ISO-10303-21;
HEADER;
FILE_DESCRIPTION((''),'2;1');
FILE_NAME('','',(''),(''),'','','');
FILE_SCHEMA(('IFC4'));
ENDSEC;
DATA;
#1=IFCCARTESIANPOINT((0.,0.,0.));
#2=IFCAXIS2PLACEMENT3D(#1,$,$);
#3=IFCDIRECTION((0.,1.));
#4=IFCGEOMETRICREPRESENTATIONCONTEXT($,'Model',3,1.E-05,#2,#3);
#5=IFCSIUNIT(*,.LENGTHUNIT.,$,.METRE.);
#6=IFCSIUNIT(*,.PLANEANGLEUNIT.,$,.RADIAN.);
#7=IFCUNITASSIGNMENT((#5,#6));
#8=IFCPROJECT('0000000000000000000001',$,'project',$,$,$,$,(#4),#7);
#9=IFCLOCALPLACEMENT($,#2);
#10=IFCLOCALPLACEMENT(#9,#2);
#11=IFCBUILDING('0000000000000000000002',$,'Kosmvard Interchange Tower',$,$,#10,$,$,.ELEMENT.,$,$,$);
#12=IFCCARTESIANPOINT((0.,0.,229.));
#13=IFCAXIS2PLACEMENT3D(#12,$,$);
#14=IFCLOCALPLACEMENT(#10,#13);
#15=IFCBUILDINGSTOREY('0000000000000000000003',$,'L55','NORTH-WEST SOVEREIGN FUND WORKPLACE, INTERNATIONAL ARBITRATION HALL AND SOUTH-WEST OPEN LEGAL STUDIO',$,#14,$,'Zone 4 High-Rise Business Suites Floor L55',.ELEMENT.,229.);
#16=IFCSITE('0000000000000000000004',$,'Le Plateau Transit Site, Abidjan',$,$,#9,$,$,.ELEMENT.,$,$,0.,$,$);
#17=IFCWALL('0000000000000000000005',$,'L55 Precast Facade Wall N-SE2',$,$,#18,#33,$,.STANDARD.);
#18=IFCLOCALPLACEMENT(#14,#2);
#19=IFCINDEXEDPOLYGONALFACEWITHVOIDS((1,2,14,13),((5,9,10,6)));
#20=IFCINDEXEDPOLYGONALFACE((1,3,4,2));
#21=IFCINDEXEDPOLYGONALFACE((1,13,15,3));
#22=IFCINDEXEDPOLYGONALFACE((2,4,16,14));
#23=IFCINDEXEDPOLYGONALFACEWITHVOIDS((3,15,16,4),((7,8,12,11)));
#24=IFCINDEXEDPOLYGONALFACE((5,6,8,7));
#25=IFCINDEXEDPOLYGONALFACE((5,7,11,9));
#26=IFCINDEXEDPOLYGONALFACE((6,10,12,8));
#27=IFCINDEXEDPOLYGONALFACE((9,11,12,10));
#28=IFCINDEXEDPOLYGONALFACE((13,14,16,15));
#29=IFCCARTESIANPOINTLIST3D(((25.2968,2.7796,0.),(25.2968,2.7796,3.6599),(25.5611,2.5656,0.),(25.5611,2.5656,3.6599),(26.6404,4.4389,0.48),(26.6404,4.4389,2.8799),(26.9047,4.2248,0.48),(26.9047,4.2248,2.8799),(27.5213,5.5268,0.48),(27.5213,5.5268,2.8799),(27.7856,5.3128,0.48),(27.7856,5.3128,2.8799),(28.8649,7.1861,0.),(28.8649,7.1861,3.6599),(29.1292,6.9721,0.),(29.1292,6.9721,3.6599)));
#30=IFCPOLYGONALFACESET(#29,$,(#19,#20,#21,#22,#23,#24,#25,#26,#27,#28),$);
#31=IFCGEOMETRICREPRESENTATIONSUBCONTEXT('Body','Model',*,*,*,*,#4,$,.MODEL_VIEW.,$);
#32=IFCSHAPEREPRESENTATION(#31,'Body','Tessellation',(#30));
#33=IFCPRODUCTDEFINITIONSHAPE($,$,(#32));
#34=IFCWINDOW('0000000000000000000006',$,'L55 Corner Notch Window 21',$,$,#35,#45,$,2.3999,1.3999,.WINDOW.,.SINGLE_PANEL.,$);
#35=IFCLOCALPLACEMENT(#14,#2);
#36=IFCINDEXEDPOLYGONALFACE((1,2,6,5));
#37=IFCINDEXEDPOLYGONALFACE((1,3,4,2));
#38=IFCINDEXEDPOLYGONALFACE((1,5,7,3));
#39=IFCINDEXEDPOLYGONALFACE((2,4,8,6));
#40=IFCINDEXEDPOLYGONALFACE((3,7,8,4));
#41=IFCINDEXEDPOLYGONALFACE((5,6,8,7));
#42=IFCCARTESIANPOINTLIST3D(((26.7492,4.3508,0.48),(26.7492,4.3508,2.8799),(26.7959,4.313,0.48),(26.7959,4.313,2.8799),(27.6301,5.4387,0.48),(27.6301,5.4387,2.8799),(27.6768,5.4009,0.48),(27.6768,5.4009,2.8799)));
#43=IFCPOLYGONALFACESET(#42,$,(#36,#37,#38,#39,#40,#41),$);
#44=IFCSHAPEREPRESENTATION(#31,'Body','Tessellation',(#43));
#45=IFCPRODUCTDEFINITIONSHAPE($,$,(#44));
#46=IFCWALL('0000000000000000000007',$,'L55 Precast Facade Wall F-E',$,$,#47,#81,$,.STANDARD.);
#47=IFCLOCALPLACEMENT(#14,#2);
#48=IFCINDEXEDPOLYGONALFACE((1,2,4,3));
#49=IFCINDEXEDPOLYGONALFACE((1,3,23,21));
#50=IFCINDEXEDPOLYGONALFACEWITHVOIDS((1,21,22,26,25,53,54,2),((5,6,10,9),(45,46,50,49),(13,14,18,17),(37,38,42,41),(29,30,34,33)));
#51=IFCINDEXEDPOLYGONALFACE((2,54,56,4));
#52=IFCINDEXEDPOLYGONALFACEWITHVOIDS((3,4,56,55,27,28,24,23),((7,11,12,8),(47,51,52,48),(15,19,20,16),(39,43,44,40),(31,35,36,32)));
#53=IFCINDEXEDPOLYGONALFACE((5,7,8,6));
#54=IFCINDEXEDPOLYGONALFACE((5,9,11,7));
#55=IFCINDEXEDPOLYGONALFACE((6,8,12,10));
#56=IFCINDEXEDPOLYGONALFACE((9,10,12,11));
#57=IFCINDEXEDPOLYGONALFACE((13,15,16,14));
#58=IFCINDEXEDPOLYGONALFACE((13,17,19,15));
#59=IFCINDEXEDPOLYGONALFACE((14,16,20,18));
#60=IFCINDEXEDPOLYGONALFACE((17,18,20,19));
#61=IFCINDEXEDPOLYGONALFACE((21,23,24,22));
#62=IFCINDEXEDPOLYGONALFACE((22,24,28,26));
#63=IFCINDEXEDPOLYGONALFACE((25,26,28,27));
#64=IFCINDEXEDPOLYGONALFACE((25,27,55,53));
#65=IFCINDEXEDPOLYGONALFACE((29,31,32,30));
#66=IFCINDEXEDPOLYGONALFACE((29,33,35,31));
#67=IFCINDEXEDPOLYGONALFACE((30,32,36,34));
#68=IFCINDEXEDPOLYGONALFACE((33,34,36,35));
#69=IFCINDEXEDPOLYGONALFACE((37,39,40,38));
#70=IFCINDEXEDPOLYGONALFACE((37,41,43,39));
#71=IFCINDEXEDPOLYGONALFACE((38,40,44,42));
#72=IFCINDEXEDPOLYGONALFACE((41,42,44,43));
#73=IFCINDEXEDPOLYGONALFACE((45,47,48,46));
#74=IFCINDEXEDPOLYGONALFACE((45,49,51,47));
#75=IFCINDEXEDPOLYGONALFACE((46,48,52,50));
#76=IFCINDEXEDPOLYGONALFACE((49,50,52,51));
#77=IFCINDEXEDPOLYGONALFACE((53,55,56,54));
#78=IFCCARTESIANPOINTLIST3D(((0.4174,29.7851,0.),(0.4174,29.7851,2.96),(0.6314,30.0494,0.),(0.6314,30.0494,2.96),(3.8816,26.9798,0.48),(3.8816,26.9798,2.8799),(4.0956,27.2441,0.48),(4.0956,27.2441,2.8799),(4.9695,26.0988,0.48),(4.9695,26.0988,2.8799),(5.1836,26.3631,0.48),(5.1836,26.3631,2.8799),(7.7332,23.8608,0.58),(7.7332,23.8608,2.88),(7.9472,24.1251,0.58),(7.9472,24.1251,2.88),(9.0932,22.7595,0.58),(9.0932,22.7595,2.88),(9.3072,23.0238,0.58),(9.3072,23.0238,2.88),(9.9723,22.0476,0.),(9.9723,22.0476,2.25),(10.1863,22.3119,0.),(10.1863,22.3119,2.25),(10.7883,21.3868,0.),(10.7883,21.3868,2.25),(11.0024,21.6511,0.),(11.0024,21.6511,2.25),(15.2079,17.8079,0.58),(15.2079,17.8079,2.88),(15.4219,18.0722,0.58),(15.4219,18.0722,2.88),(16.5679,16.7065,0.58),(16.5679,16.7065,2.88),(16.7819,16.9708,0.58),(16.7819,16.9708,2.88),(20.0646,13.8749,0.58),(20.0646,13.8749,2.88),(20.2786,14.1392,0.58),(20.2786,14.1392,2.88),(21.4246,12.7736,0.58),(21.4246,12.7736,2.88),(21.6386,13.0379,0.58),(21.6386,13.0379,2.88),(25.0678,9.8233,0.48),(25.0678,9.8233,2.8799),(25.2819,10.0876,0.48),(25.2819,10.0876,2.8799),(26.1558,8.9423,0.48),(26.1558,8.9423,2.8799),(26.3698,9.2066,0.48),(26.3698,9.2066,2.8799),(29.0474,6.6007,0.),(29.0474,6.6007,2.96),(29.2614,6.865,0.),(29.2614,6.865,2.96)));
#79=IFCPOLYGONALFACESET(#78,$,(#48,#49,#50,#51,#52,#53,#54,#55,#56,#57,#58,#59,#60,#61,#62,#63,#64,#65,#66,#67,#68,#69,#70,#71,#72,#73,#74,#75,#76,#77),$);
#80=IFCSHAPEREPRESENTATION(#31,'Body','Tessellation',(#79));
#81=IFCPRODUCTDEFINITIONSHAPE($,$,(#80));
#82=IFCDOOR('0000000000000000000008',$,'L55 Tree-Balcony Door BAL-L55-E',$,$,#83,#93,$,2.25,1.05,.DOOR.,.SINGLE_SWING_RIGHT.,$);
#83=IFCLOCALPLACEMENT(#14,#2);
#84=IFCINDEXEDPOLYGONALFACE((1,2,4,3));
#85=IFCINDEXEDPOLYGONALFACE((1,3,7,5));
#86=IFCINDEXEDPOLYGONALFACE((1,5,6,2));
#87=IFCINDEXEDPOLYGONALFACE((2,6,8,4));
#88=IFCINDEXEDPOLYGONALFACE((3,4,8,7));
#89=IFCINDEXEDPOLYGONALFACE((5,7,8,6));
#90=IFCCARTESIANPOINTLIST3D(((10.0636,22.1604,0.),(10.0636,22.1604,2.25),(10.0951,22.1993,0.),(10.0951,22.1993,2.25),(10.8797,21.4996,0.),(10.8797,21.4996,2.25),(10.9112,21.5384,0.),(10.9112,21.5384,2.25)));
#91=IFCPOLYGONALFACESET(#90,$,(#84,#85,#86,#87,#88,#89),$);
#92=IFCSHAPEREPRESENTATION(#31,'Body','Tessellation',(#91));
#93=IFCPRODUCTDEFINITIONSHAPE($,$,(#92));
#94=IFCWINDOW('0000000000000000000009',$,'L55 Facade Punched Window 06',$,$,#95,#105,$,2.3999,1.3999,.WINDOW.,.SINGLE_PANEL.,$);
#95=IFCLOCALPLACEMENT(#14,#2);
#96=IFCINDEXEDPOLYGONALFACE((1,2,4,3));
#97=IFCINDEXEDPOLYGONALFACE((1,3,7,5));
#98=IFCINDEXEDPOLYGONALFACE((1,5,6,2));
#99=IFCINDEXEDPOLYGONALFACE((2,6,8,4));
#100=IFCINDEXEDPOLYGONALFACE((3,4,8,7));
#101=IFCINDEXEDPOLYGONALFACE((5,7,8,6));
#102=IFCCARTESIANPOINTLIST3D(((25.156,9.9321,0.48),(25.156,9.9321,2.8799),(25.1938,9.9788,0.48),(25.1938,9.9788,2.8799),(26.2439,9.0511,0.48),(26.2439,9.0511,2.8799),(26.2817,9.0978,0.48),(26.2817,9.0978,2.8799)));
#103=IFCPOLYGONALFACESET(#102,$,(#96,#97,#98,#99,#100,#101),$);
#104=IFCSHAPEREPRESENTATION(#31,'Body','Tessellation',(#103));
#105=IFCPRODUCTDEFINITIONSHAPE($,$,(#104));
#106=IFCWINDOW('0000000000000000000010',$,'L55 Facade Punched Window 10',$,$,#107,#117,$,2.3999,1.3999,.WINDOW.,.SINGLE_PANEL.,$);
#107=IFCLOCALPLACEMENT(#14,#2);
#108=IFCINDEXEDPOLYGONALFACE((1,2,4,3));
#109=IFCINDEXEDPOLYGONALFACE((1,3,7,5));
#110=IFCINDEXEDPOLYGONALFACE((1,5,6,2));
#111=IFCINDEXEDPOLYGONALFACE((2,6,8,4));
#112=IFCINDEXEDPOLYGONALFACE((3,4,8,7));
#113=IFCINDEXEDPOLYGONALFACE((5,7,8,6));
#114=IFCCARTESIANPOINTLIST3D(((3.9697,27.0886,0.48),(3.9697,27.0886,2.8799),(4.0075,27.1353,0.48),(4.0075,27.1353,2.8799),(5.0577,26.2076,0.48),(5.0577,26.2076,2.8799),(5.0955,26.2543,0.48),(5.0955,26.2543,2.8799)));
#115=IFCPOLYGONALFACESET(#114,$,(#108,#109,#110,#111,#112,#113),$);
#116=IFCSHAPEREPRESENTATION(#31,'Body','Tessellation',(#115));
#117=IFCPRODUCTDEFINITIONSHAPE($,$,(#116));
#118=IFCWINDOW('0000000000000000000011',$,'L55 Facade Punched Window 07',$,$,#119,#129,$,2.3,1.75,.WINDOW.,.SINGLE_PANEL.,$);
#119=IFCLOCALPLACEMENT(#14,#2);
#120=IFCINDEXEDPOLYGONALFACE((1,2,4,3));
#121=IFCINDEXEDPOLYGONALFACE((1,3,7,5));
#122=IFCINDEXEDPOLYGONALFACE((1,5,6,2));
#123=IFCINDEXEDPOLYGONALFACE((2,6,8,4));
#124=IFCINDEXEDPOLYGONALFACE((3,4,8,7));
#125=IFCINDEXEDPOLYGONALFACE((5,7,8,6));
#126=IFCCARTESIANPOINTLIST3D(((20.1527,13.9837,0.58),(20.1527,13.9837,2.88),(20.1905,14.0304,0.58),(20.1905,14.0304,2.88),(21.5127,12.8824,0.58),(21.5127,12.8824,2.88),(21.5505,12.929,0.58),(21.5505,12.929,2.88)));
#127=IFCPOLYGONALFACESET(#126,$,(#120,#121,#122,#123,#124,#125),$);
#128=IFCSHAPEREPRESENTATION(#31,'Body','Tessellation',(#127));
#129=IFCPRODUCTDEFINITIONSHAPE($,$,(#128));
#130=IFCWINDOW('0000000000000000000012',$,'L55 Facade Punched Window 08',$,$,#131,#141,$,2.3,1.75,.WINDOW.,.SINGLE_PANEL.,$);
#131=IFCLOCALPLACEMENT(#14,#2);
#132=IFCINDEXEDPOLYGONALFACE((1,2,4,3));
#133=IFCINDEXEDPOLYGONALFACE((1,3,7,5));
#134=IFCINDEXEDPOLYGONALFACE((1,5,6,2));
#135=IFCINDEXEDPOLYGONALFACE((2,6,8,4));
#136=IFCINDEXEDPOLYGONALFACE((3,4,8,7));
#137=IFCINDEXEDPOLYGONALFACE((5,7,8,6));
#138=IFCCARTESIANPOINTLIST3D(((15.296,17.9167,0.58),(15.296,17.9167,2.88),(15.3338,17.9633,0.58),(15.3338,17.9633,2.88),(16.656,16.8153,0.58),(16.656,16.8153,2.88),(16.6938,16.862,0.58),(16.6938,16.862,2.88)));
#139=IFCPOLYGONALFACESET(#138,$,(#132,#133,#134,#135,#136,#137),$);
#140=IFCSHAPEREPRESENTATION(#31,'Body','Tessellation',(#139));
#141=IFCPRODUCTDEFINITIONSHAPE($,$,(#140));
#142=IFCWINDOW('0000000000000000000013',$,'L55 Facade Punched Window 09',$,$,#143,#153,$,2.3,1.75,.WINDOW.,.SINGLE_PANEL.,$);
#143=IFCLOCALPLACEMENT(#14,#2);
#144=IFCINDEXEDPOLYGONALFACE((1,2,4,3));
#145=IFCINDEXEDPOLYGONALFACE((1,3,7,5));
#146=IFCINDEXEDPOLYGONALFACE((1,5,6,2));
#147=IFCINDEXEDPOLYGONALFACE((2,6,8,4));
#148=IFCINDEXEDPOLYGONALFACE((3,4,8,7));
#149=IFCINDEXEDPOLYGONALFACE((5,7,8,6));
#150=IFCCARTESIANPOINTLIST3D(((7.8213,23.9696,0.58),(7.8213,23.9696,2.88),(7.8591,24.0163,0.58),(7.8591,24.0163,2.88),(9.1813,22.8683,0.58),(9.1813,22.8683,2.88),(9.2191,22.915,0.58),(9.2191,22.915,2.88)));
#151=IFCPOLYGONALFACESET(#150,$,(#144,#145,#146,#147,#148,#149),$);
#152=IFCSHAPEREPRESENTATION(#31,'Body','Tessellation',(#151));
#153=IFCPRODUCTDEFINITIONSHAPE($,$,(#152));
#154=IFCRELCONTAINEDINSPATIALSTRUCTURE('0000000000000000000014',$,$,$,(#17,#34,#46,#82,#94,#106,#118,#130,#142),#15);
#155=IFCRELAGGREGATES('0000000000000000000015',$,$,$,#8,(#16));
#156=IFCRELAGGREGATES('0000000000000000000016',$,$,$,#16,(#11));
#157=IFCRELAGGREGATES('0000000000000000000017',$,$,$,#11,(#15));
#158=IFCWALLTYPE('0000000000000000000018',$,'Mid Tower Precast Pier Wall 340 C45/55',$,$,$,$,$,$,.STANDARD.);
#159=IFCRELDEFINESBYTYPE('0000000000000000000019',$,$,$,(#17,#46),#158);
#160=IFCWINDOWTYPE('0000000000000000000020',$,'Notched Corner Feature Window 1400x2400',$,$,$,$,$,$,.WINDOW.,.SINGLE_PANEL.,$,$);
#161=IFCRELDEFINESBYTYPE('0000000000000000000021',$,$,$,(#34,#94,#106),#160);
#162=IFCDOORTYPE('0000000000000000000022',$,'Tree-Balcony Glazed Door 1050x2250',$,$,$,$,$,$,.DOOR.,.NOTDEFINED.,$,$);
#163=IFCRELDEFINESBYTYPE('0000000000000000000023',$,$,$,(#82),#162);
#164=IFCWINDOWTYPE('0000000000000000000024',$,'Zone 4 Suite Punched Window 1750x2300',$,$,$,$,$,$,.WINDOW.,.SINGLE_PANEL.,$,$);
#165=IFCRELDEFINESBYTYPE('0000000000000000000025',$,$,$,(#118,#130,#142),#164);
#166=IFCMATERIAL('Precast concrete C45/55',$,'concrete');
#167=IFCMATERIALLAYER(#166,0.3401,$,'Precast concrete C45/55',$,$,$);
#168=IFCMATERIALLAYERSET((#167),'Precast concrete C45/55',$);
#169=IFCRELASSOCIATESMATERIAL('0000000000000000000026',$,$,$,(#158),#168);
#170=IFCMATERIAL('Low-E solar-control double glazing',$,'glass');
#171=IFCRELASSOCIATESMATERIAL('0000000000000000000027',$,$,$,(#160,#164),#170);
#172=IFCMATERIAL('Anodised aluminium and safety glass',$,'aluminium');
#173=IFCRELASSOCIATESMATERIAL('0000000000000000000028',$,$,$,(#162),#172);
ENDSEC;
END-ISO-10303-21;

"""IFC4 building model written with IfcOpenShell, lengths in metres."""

from ifc_helpers import new_model, si_unit, direction, frame, frame_2d, origin, place, context, subcontext, project, spatial, rectangle, extrude, source, transform, mapped, material, layer, layer_set, type_object, element, fill, save


model = new_model("IFC4")

# Units and contexts
model_context = context("Model", 3, precision=1e-05, world=origin(), true_north=direction((0.0, 1.0)))
body_context = subcontext(model_context, "Body", "Model", "MODEL_VIEW")
ifc_project = project(units=[si_unit("LENGTHUNIT", "METRE"), si_unit("PLANEANGLEUNIT", "RADIAN")], contexts=[model_context])

# Site, building, storey
site_placement = place(None, origin())
site = spatial("IfcSite", under=ifc_project, at=site_placement, Name="Le Plateau Transit Site, Abidjan", CompositionType="ELEMENT", RefElevation=0.0)
building_placement = place(site_placement, origin())
building = spatial("IfcBuilding", under=site, at=building_placement, Name="Kosmvard Interchange Tower", CompositionType="ELEMENT")
storey_placement = place(building_placement, frame((0.0, 0.0, 229.0)))
storey = spatial("IfcBuildingStorey", under=building, at=storey_placement, Name="L55", Description="NORTH-WEST SOVEREIGN FUND WORKPLACE, INTERNATIONAL ARBITRATION HALL AND SOUTH-WEST OPEN LEGAL STUDIO", LongName="Zone 4 High-Rise Business Suites Floor L55", CompositionType="ELEMENT", Elevation=229.0)

# Wall, opening, window
ifc_material_1 = material(Name="Precast concrete C45/55", Category="concrete")
ifc_layer_1 = layer(ifc_material_1, 0.3401, Name="Precast concrete C45/55")
ifc_layer_set_1 = layer_set([ifc_layer_1], Name="Precast concrete C45/55")
wall_type_1 = type_object("IfcWallType", Name="Mid Tower Precast Pier Wall 340 C45/55", PredefinedType="STANDARD", material=ifc_layer_set_1)
wall_1_placement = place(storey_placement, frame((25.429, 2.6726, 0.0), z_axis=(0.0, 0.0, 1.0), x_axis=(0.6293, 0.777163, 0.0)))
wall_1 = element("IfcWall", 1, at=wall_1_placement, inside=storey, type_object=wall_type_1, Name="L55 Precast Facade Wall N-SE2", PredefinedType="STANDARD", context=body_context, shape_type="SweptSolid", body=[
    extrude(rectangle(XDim=5.6699, YDim=0.3401, at=frame_2d((2.835, 0.0))), origin(), (0.0, 0.0, 1.0), 3.6599),
])
opening_1_placement = place(wall_1_placement, frame((2.135, 0.0, 0.48)))
opening_1 = element("IfcOpeningElement", 2, at=opening_1_placement, cuts=wall_1, PredefinedType="OPENING", context=body_context, shape_type="SweptSolid", body=[
    extrude(rectangle(XDim=1.3999, YDim=2.3999, at=frame_2d((0.7, 1.2))), frame((0.0, 0.1802, 0.0), z_axis=(0.0, -1.0, 0.0), x_axis=(1.0, 0.0, 0.0)), (0.0, 0.0, 1.0), 0.3601),
])
ifc_material_2 = material(Name="Low-E solar-control double glazing", Category="glass")
window_type_1 = type_object("IfcWindowType", Name="Notched Corner Feature Window 1400x2400", PartitioningType="SINGLE_PANEL", PredefinedType="WINDOW", material=ifc_material_2)
shared_shape_1 = source(origin(), body_context, "Body", "SweptSolid", [
    extrude(rectangle(XDim=1.3999, YDim=2.3999, at=frame_2d((0.7, 1.2))), frame((0.0, 0.03, 0.0), z_axis=(0.0, -1.0, 0.0), x_axis=(1.0, 0.0, 0.0)), (0.0, 0.0, 1.0), 0.0601),
])
window_1_placement = place(opening_1_placement, origin())
window_1 = element("IfcWindow", 3, at=window_1_placement, inside=storey, type_object=window_type_1, Name="L55 Corner Notch Window 21", OverallHeight=2.3999, OverallWidth=1.3999, PartitioningType="SINGLE_PANEL", PredefinedType="WINDOW", context=body_context, shape_type="MappedRepresentation", body=[
    mapped(shared_shape_1, transform((0.0, 0.0, 0.0), scale=1.0)),
])
fill(opening_1, window_1)

# Wall, openings, door, windows
wall_2_placement = place(storey_placement, frame((29.1543, 6.7329, 0.0), z_axis=(0.0, 0.0, 1.0), x_axis=(-0.777142, 0.629325, 0.0)))
wall_2 = element("IfcWall", 4, at=wall_2_placement, inside=storey, type_object=wall_type_1, Name="L55 Precast Facade Wall F-E", PredefinedType="STANDARD", context=body_context, shape_type="SweptSolid", body=[
    extrude(rectangle(XDim=36.8401, YDim=0.3401, at=frame_2d((18.4199, 0.0))), origin(), (0.0, 0.0, 1.0), 2.96),
])
opening_2_placement = place(wall_2_placement, frame((23.4951, 0.0, 0.0)))
opening_2 = element("IfcOpeningElement", 5, at=opening_2_placement, cuts=wall_2, PredefinedType="OPENING", context=body_context, shape_type="SweptSolid", body=[
    extrude(rectangle(XDim=1.05, YDim=2.25, at=frame_2d((0.5249, 1.125))), frame((0.0, 0.1802, 0.0), z_axis=(0.0, -1.0, 0.0), x_axis=(1.0, 0.0, 0.0)), (0.0, 0.0, 1.0), 0.3601),
])
opening_3_placement = place(wall_2_placement, frame((3.7207, 0.0, 0.48)))
opening_3 = element("IfcOpeningElement", 6, at=opening_3_placement, cuts=wall_2, PredefinedType="OPENING", context=body_context, shape_type="SweptSolid", body=[
    extrude(rectangle(XDim=1.3999, YDim=2.3999, at=frame_2d((0.7, 1.2))), frame((0.0, 0.1802, 0.0), z_axis=(0.0, -1.0, 0.0), x_axis=(1.0, 0.0, 0.0)), (0.0, 0.0, 1.0), 0.3601),
])
opening_4_placement = place(wall_2_placement, frame((9.8086, 0.0, 0.5801)))
opening_4 = element("IfcOpeningElement", 7, at=opening_4_placement, cuts=wall_2, PredefinedType="OPENING", context=body_context, shape_type="SweptSolid", body=[
    extrude(rectangle(XDim=1.75, YDim=2.3, at=frame_2d((0.875, 1.1499))), frame((0.0, 0.1802, 0.0), z_axis=(0.0, -1.0, 0.0), x_axis=(1.0, 0.0, 0.0)), (0.0, 0.0, 1.0), 0.3601),
])
opening_5_placement = place(wall_2_placement, frame((16.0581, 0.0, 0.5801)))
opening_5 = element("IfcOpeningElement", 8, at=opening_5_placement, cuts=wall_2, PredefinedType="OPENING", context=body_context, shape_type="SweptSolid", body=[
    extrude(rectangle(XDim=1.75, YDim=2.3, at=frame_2d((0.875, 1.1499))), frame((0.0, 0.1802, 0.0), z_axis=(0.0, -1.0, 0.0), x_axis=(1.0, 0.0, 0.0)), (0.0, 0.0, 1.0), 0.3601),
])
opening_6_placement = place(wall_2_placement, frame((25.6763, 0.0, 0.5801)))
opening_6 = element("IfcOpeningElement", 9, at=opening_6_placement, cuts=wall_2, PredefinedType="OPENING", context=body_context, shape_type="SweptSolid", body=[
    extrude(rectangle(XDim=1.75, YDim=2.3, at=frame_2d((0.875, 1.1499))), frame((0.0, 0.1802, 0.0), z_axis=(0.0, -1.0, 0.0), x_axis=(1.0, 0.0, 0.0)), (0.0, 0.0, 1.0), 0.3601),
])
opening_7_placement = place(wall_2_placement, frame((30.9824, 0.0, 0.48)))
opening_7 = element("IfcOpeningElement", 10, at=opening_7_placement, cuts=wall_2, PredefinedType="OPENING", context=body_context, shape_type="SweptSolid", body=[
    extrude(rectangle(XDim=1.3999, YDim=2.3999, at=frame_2d((0.7, 1.2))), frame((0.0, 0.1802, 0.0), z_axis=(0.0, -1.0, 0.0), x_axis=(1.0, 0.0, 0.0)), (0.0, 0.0, 1.0), 0.3601),
])
ifc_material_3 = material(Name="Anodised aluminium and safety glass", Category="aluminium")
door_type = type_object("IfcDoorType", Name="Tree-Balcony Glazed Door 1050x2250", OperationType="NOTDEFINED", PredefinedType="DOOR", material=ifc_material_3)
shared_shape_2 = source(origin(), body_context, "Body", "SweptSolid", [
    extrude(rectangle(XDim=1.05, YDim=2.25, at=frame_2d((0.5249, 1.125))), frame((0.0, 0.0249, 0.0), z_axis=(0.0, -1.0, 0.0), x_axis=(1.0, 0.0, 0.0)), (0.0, 0.0, 1.0), 0.05),
])
door_placement = place(opening_2_placement, origin())
door = element("IfcDoor", 11, at=door_placement, inside=storey, type_object=door_type, Name="L55 Tree-Balcony Door BAL-L55-E", OperationType="SINGLE_SWING_RIGHT", OverallHeight=2.25, OverallWidth=1.05, PredefinedType="DOOR", context=body_context, shape_type="MappedRepresentation", body=[
    mapped(shared_shape_2, transform((0.0, 0.0, 0.0), scale=1.0)),
])
fill(opening_2, door)
window_2_placement = place(opening_3_placement, origin())
window_2 = element("IfcWindow", 12, at=window_2_placement, inside=storey, type_object=window_type_1, Name="L55 Facade Punched Window 06", OverallHeight=2.3999, OverallWidth=1.3999, PartitioningType="SINGLE_PANEL", PredefinedType="WINDOW", context=body_context, shape_type="MappedRepresentation", body=[
    mapped(shared_shape_1, transform((0.0, 0.0, 0.0), scale=1.0)),
])
fill(opening_3, window_2)
window_3_placement = place(opening_7_placement, origin())
window_3 = element("IfcWindow", 13, at=window_3_placement, inside=storey, type_object=window_type_1, Name="L55 Facade Punched Window 10", OverallHeight=2.3999, OverallWidth=1.3999, PartitioningType="SINGLE_PANEL", PredefinedType="WINDOW", context=body_context, shape_type="MappedRepresentation", body=[
    mapped(shared_shape_1, transform((0.0, 0.0, 0.0), scale=1.0)),
])
fill(opening_7, window_3)
window_type_2 = type_object("IfcWindowType", Name="Zone 4 Suite Punched Window 1750x2300", PartitioningType="SINGLE_PANEL", PredefinedType="WINDOW", material=ifc_material_2)
shared_shape_3 = source(origin(), body_context, "Body", "SweptSolid", [
    extrude(rectangle(XDim=1.75, YDim=2.3, at=frame_2d((0.875, 1.1499))), frame((0.0, 0.03, 0.0), z_axis=(0.0, -1.0, 0.0), x_axis=(1.0, 0.0, 0.0)), (0.0, 0.0, 1.0), 0.0601),
])
window_4_placement = place(opening_4_placement, origin())
window_4 = element("IfcWindow", 14, at=window_4_placement, inside=storey, type_object=window_type_2, Name="L55 Facade Punched Window 07", OverallHeight=2.3, OverallWidth=1.75, PartitioningType="SINGLE_PANEL", PredefinedType="WINDOW", context=body_context, shape_type="MappedRepresentation", body=[
    mapped(shared_shape_3, transform((0.0, 0.0, 0.0), scale=1.0)),
])
fill(opening_4, window_4)
window_5_placement = place(opening_5_placement, origin())
window_5 = element("IfcWindow", 15, at=window_5_placement, inside=storey, type_object=window_type_2, Name="L55 Facade Punched Window 08", OverallHeight=2.3, OverallWidth=1.75, PartitioningType="SINGLE_PANEL", PredefinedType="WINDOW", context=body_context, shape_type="MappedRepresentation", body=[
    mapped(shared_shape_3, transform((0.0, 0.0, 0.0), scale=1.0)),
])
fill(opening_5, window_5)
window_6_placement = place(opening_6_placement, origin())
window_6 = element("IfcWindow", 16, at=window_6_placement, inside=storey, type_object=window_type_2, Name="L55 Facade Punched Window 09", OverallHeight=2.3, OverallWidth=1.75, PartitioningType="SINGLE_PANEL", PredefinedType="WINDOW", context=body_context, shape_type="MappedRepresentation", body=[
    mapped(shared_shape_3, transform((0.0, 0.0, 0.0), scale=1.0)),
])
fill(opening_6, window_6)

save(model, "model.ifc")
